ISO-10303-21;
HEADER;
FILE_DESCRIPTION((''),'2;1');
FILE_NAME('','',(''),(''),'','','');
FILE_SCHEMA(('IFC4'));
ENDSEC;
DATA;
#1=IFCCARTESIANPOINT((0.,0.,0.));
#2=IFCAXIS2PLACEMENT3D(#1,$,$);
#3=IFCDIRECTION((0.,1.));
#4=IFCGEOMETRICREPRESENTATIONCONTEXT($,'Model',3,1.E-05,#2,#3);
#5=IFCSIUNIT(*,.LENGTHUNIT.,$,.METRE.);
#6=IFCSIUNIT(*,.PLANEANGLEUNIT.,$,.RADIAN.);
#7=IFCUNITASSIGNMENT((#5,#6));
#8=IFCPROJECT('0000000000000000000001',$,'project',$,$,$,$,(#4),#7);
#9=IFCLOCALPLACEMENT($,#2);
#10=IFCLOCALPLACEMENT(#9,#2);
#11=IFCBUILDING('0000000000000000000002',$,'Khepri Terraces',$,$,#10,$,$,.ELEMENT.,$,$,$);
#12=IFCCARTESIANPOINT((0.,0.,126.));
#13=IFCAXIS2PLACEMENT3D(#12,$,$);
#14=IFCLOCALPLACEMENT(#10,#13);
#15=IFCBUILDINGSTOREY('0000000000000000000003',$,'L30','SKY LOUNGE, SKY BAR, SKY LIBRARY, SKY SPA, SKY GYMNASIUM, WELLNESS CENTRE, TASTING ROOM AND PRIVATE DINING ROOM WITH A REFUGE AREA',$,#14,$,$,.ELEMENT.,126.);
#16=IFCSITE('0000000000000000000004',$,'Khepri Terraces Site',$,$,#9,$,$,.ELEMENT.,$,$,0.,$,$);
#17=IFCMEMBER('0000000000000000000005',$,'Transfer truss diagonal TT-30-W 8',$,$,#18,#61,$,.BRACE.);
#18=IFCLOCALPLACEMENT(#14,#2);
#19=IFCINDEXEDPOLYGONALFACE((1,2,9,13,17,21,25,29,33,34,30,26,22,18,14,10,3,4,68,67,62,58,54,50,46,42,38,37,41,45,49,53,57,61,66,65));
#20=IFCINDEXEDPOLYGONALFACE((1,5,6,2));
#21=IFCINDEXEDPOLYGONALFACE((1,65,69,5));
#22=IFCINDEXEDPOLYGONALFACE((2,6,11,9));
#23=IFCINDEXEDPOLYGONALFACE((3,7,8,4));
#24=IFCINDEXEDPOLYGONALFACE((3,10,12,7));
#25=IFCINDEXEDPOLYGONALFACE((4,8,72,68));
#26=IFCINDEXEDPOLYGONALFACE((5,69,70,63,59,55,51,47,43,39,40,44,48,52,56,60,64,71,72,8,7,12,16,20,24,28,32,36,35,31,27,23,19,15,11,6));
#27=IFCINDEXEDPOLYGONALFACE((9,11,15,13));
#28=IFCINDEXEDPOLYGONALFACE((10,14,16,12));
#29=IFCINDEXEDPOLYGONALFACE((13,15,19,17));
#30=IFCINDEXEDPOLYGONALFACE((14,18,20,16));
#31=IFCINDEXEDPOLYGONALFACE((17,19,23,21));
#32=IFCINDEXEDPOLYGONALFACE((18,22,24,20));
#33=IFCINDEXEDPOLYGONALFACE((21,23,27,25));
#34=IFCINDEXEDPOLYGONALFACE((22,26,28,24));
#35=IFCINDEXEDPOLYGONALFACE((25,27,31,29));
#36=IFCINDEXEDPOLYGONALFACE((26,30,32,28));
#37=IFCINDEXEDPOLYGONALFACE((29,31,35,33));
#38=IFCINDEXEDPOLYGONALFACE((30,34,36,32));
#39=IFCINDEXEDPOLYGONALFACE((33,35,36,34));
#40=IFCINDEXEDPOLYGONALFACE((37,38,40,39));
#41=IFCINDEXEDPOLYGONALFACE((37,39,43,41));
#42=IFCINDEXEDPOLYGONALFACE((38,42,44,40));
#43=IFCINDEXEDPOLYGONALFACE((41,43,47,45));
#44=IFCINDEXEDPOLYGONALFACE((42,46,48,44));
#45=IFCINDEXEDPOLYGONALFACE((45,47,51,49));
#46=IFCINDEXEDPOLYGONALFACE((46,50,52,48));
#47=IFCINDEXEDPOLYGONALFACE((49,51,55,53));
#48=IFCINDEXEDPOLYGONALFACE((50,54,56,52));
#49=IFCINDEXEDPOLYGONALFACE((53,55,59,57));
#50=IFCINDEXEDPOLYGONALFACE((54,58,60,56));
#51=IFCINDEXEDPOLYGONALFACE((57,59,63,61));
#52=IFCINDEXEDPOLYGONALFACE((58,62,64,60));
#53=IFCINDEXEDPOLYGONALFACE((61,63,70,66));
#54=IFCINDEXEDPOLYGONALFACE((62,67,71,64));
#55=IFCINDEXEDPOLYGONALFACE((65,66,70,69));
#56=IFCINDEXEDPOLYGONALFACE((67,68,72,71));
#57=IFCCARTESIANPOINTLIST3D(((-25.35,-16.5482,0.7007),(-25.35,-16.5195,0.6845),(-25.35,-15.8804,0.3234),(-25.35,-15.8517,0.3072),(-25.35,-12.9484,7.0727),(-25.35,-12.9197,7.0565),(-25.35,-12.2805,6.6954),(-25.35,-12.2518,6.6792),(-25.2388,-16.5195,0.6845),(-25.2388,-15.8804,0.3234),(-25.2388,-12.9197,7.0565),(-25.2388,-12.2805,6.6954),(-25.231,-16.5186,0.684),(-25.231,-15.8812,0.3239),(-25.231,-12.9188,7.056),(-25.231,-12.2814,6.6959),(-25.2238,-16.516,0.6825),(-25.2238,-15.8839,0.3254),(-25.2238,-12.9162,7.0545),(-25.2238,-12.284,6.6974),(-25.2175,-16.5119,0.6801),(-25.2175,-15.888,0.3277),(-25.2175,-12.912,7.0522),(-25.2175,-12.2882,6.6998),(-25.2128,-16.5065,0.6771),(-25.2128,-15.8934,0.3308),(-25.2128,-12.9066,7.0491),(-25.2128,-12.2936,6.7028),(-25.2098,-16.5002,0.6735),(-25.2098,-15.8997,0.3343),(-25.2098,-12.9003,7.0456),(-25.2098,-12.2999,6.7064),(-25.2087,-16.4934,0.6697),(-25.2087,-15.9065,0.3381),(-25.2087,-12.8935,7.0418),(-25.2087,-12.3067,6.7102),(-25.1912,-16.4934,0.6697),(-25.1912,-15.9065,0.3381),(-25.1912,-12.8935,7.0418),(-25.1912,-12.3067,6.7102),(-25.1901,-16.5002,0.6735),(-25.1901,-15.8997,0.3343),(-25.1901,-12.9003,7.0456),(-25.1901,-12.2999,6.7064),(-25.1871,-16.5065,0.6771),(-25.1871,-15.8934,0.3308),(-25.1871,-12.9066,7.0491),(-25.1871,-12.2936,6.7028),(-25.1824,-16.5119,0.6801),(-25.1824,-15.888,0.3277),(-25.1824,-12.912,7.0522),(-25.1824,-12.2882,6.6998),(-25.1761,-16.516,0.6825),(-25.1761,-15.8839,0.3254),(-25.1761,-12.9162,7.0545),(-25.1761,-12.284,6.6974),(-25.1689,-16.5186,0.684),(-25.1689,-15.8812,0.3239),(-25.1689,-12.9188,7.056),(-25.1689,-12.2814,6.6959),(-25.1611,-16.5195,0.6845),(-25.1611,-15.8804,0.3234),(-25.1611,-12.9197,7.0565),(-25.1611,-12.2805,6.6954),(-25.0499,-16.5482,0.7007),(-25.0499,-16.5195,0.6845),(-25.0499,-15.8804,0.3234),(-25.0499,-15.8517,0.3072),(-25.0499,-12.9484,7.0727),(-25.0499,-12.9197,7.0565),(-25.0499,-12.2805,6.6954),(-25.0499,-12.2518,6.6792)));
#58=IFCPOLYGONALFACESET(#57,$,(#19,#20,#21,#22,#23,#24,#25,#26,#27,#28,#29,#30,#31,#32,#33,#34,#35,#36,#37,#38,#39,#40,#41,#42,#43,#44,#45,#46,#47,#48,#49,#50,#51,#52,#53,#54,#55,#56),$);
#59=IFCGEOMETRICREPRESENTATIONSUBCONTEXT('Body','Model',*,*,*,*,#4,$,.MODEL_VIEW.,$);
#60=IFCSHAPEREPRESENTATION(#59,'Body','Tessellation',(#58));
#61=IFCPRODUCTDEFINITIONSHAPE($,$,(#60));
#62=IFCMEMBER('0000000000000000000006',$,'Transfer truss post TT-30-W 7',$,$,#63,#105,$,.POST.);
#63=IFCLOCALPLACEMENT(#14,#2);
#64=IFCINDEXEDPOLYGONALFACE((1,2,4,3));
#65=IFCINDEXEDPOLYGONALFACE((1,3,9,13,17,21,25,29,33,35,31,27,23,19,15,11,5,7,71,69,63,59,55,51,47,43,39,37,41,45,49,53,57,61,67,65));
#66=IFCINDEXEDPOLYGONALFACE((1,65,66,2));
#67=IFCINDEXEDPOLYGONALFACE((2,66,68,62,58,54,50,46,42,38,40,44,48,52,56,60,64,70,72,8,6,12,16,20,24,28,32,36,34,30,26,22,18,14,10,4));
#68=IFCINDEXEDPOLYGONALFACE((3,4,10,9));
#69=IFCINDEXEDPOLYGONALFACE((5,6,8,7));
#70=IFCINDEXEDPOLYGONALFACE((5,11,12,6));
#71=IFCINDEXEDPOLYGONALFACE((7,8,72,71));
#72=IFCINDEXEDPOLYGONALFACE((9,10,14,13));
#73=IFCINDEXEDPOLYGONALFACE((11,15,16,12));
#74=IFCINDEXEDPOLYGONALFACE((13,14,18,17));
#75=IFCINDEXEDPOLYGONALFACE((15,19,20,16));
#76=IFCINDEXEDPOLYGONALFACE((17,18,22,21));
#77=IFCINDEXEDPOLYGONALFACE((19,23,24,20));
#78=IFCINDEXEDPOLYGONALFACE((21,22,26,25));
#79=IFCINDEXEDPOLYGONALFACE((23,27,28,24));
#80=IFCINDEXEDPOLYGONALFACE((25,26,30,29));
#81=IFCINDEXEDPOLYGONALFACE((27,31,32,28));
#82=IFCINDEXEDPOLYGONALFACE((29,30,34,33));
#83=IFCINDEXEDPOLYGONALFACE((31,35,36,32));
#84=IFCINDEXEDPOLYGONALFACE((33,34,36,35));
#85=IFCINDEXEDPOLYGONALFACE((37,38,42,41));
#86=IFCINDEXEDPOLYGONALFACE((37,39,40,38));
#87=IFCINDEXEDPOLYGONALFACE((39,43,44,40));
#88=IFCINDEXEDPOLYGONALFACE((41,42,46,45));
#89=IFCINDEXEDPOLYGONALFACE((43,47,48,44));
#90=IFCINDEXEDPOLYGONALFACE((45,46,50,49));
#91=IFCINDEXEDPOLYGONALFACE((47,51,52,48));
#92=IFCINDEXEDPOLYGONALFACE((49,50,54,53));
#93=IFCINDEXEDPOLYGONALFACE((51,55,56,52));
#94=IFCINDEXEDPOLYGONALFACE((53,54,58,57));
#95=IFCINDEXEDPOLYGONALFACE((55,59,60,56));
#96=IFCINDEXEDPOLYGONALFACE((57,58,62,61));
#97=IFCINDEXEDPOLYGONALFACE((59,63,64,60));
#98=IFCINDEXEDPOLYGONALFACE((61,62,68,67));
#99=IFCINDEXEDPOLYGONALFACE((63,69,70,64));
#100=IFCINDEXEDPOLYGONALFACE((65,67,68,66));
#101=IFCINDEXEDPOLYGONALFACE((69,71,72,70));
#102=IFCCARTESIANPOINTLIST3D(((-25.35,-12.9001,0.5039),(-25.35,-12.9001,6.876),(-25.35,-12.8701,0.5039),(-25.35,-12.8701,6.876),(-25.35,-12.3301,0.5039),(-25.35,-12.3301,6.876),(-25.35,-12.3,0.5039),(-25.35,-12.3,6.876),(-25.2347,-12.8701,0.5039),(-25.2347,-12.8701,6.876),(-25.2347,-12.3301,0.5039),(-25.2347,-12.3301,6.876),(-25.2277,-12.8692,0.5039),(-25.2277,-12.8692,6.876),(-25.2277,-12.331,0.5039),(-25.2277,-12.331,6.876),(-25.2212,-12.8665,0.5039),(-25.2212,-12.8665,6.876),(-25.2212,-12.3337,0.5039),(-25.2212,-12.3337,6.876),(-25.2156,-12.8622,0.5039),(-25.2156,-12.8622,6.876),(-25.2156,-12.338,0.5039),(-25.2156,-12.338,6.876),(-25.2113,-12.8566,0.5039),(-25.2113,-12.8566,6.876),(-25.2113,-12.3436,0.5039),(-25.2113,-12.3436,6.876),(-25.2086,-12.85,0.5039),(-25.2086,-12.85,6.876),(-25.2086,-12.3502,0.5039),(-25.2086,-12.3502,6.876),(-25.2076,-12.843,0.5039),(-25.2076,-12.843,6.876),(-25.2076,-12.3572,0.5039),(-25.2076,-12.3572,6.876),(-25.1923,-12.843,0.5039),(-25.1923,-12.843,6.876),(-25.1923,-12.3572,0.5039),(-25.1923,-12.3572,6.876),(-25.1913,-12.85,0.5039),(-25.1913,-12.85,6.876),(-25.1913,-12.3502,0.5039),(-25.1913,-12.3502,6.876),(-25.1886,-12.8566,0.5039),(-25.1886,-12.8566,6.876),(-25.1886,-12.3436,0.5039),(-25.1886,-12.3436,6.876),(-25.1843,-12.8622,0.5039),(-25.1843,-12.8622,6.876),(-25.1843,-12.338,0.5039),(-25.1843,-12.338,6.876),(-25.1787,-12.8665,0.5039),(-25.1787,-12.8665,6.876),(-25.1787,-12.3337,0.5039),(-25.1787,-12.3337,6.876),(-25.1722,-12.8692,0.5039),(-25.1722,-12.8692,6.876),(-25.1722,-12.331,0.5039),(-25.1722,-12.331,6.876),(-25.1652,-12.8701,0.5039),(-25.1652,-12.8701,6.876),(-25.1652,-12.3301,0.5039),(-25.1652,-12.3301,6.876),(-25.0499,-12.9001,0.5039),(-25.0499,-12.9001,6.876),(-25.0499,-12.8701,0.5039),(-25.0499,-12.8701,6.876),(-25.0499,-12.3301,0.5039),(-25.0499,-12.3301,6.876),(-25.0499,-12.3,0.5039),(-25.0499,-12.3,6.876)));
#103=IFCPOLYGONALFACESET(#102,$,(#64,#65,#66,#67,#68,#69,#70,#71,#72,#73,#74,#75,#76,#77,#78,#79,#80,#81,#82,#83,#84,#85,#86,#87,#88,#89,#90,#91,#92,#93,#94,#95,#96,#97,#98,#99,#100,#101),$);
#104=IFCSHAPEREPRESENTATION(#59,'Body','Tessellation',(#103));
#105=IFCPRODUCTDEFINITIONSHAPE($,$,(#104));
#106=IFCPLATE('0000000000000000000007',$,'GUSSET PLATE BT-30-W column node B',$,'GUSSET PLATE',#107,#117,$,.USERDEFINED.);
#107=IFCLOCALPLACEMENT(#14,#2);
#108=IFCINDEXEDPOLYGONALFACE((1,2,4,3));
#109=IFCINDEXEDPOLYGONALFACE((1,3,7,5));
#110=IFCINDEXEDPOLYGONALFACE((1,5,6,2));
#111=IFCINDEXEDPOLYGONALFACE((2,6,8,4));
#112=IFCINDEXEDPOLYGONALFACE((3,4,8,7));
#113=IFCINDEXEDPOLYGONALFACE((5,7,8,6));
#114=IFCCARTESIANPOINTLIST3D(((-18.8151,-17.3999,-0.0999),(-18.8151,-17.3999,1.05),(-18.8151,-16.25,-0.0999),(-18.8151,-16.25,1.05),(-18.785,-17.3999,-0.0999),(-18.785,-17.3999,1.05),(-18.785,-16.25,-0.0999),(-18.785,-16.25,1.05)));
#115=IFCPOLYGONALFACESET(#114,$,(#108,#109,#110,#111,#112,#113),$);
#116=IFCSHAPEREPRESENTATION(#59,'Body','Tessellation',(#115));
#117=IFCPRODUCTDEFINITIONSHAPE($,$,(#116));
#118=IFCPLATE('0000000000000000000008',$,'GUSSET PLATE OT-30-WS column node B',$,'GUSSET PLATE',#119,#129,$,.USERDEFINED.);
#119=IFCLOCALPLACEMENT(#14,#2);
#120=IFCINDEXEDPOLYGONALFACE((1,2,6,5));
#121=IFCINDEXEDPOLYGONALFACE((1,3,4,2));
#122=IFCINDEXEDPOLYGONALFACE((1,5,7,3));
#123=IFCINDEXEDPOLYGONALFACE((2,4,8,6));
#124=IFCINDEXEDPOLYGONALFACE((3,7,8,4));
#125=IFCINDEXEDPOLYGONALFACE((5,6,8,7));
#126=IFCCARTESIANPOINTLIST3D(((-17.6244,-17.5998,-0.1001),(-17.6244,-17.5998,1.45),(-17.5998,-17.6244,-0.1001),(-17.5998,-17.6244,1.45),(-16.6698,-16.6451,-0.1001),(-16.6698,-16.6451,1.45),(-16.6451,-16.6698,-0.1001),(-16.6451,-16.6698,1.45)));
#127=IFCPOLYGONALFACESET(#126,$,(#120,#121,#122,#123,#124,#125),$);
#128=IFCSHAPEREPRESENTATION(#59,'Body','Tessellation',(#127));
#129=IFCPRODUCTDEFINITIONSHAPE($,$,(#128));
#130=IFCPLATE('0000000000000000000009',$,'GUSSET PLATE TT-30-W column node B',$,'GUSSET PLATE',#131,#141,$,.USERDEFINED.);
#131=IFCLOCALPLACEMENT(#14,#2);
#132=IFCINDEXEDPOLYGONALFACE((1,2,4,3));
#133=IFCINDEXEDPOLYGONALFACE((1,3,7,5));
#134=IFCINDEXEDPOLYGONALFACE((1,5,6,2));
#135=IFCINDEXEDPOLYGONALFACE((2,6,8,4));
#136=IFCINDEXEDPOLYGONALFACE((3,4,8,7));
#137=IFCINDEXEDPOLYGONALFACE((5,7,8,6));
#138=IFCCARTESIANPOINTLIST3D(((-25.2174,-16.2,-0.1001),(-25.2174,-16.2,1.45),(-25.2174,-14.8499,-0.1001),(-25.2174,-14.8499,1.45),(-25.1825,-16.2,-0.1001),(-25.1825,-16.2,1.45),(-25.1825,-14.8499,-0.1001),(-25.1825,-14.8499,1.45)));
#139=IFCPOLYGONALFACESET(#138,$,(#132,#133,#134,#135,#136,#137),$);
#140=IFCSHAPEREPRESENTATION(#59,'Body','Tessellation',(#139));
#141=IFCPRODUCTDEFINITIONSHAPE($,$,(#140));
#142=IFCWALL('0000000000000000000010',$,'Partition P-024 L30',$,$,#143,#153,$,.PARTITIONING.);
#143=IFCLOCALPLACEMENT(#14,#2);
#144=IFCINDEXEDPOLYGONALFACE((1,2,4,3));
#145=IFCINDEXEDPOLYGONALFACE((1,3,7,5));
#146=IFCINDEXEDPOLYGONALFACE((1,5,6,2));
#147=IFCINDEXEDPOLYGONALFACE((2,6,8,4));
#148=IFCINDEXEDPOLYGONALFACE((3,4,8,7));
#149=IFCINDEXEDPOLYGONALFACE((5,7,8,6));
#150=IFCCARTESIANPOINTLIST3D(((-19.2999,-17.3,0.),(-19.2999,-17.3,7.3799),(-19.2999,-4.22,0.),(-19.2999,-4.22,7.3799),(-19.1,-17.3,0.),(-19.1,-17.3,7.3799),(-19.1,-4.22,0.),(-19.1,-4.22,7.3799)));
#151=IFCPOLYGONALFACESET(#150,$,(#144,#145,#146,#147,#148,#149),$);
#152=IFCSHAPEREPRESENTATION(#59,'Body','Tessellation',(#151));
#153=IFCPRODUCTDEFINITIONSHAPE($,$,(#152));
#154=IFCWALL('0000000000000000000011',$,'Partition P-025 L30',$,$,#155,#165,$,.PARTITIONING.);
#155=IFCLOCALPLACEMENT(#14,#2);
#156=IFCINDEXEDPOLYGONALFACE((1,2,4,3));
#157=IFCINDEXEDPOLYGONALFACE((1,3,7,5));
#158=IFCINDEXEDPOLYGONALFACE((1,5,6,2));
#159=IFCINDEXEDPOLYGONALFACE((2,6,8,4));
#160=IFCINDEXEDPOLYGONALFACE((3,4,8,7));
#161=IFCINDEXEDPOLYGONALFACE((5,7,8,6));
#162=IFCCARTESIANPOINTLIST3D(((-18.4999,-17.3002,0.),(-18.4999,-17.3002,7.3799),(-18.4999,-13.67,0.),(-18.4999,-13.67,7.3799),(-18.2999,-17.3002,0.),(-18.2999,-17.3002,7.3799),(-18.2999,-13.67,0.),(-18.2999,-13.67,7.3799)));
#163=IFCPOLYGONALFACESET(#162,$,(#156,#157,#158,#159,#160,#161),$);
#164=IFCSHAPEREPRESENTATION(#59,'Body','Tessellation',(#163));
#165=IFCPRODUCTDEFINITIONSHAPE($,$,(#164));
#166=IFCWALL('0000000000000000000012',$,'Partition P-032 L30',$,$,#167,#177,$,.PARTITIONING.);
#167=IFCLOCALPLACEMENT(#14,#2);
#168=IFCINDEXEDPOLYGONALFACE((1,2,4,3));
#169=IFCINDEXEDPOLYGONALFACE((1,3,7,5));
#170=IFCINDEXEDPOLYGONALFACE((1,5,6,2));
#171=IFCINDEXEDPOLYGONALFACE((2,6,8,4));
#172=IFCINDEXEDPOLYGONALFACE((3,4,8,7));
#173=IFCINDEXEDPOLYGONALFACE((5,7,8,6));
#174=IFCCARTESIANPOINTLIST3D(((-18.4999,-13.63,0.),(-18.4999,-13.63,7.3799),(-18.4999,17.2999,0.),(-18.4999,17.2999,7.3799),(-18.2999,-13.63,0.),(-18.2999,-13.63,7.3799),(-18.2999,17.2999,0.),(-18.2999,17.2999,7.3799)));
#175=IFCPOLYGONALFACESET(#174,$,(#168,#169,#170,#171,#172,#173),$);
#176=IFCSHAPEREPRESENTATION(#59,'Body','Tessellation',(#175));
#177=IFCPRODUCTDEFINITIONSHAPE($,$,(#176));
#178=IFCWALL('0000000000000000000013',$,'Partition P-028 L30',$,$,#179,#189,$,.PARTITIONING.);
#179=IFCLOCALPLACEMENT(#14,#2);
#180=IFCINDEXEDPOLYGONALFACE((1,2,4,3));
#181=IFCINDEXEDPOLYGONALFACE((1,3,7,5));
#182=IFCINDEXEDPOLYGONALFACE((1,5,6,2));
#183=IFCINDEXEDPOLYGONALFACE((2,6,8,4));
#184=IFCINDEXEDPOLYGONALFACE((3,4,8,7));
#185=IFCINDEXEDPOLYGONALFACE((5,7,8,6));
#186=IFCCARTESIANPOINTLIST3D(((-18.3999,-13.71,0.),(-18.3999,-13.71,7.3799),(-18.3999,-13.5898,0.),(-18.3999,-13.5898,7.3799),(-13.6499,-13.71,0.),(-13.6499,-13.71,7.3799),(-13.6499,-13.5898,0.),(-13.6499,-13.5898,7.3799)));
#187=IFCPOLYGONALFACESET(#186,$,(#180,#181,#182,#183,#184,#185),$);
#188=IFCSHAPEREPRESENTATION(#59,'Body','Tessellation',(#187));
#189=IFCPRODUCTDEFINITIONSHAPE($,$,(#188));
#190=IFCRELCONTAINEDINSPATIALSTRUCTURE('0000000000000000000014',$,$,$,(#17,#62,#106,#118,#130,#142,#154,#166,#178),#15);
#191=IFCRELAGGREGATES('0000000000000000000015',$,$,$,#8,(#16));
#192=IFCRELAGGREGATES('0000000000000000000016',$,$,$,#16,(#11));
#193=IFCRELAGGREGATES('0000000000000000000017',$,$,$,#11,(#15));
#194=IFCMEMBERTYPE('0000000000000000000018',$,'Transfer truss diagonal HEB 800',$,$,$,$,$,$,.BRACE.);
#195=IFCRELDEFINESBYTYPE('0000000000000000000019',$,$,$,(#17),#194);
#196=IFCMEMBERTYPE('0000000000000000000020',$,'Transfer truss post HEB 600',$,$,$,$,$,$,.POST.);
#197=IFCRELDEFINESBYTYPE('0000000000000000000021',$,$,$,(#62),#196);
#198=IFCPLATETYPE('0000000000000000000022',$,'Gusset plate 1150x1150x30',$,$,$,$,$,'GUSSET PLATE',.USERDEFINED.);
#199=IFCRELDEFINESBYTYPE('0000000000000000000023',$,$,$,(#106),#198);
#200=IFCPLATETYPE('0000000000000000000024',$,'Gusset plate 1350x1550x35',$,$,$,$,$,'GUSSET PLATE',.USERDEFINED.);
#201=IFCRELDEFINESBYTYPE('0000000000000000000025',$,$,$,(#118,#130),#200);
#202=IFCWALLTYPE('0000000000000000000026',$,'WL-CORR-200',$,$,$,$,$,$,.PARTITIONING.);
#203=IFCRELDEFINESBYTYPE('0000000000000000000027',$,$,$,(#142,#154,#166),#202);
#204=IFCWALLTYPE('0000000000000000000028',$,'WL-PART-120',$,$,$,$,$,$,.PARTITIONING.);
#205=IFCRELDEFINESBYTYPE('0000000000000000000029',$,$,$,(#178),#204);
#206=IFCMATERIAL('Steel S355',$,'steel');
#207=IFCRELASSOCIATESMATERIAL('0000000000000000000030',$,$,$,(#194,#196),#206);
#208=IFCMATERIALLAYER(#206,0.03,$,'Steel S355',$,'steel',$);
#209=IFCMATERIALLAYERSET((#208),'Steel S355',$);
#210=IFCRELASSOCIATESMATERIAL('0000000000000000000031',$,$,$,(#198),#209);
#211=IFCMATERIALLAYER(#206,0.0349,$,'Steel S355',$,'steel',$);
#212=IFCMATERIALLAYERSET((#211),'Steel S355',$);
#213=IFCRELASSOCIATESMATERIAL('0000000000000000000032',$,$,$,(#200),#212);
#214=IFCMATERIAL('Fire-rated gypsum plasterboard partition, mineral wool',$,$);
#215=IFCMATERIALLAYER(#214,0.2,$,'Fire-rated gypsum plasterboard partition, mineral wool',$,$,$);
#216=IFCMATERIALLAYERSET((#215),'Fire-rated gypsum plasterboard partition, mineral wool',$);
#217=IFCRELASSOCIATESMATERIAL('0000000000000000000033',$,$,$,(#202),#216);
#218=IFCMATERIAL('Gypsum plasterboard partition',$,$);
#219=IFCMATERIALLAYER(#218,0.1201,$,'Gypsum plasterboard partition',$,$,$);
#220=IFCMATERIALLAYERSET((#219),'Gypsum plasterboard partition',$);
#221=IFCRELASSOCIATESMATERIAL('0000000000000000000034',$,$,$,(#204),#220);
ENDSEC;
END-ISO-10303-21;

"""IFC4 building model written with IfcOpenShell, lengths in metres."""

from ifc_helpers import new_model, si_unit, direction, frame, frame_2d, origin, origin_2d, place, context, subcontext, project, spatial, rectangle, i_section, extrude, material, layer, layer_set, material_profile, profile_set, type_object, element, save


model = new_model("IFC4")

# Units and contexts
model_context = context("Model", 3, precision=1e-05, world=origin(), true_north=direction((0.0, 1.0)))
body_context = subcontext(model_context, "Body", "Model", "MODEL_VIEW")
ifc_project = project(units=[si_unit("LENGTHUNIT", "METRE"), si_unit("PLANEANGLEUNIT", "RADIAN")], contexts=[model_context])

# Site, building, storey
site_placement = place(None, origin())
site = spatial("IfcSite", under=ifc_project, at=site_placement, Name="Khepri Terraces Site", CompositionType="ELEMENT", RefElevation=0.0)
building_placement = place(site_placement, origin())
building = spatial("IfcBuilding", under=site, at=building_placement, Name="Khepri Terraces", CompositionType="ELEMENT")
storey_placement = place(building_placement, frame((0.0, 0.0, 126.0)))
storey = spatial("IfcBuildingStorey", under=building, at=storey_placement, Name="L30", Description="SKY LOUNGE, SKY BAR, SKY LIBRARY, SKY SPA, SKY GYMNASIUM, WELLNESS CENTRE, TASTING ROOM AND PRIVATE DINING ROOM WITH A REFUGE AREA", CompositionType="ELEMENT", Elevation=126.0)

# Members
ifc_material_1 = material(Name="Steel S355", Category="steel")
ifc_material_profile_1 = material_profile(ifc_material_1, i_section(OverallWidth=0.3, OverallDepth=0.8, WebThickness=0.0176, FlangeThickness=0.033, FilletRadius=0.03, at=origin_2d()), Name="Steel S355", Category="steel")
ifc_profile_set_1 = profile_set([ifc_material_profile_1], Name="Steel S355")
member_type_1 = type_object("IfcMemberType", Name="Transfer truss diagonal HEB 800", PredefinedType="BRACE", material=ifc_profile_set_1)
member_1_placement = place(storey_placement, frame((-25.2, -12.6001, 6.876), z_axis=(0.0, -0.491876, -0.870665), x_axis=(1.0, 0.0, 0.0)))
element("IfcMember", 1, at=member_1_placement, inside=storey, type_object=member_type_1, Name="Transfer truss diagonal TT-30-W 8", PredefinedType="BRACE", context=body_context, shape_type="SweptSolid", body=[
    extrude(i_section(OverallWidth=0.3, OverallDepth=0.8, WebThickness=0.0176, FlangeThickness=0.033, FilletRadius=0.03, at=origin_2d()), origin(), (0.0, 0.0, 1.0), 7.3186),
])
ifc_material_profile_2 = material_profile(ifc_material_1, i_section(OverallWidth=0.3, OverallDepth=0.6001, WebThickness=0.0154, FlangeThickness=0.03, FilletRadius=0.0271, at=origin_2d()), Name="Steel S355", Category="steel")
ifc_profile_set_2 = profile_set([ifc_material_profile_2], Name="Steel S355")
member_type_2 = type_object("IfcMemberType", Name="Transfer truss post HEB 600", PredefinedType="POST", material=ifc_profile_set_2)
member_2_placement = place(storey_placement, frame((-25.2, -12.6001, 0.5039), z_axis=(0.0, 0.0, 1.0), x_axis=(1.0, 0.0, 0.0)))
element("IfcMember", 2, at=member_2_placement, inside=storey, type_object=member_type_2, Name="Transfer truss post TT-30-W 7", PredefinedType="POST", context=body_context, shape_type="SweptSolid", body=[
    extrude(i_section(OverallWidth=0.3, OverallDepth=0.6001, WebThickness=0.0154, FlangeThickness=0.03, FilletRadius=0.0271, at=origin_2d()), origin(), (0.0, 0.0, 1.0), 6.3721),
])

# Plates
ifc_layer_1 = layer(ifc_material_1, 0.03, Name="Steel S355", Category="steel")
ifc_layer_set_1 = layer_set([ifc_layer_1], Name="Steel S355")
plate_type_1 = type_object("IfcPlateType", Name="Gusset plate 1150x1150x30", ElementType="GUSSET PLATE", PredefinedType="USERDEFINED", material=ifc_layer_set_1)
plate_placement = place(storey_placement, frame((-18.8, -16.825, -0.0999), z_axis=(0.0, 0.0, 1.0), x_axis=(0.0, -1.0, 0.0)))
element("IfcPlate", 3, at=plate_placement, inside=storey, type_object=plate_type_1, Name="GUSSET PLATE BT-30-W column node B", ObjectType="GUSSET PLATE", PredefinedType="USERDEFINED", context=body_context, shape_type="SweptSolid", body=[
    extrude(rectangle(XDim=1.1499, YDim=0.03, at=origin_2d()), origin(), (0.0, 0.0, 1.0), 1.1499),
])
ifc_layer_2 = layer(ifc_material_1, 0.0349, Name="Steel S355", Category="steel")
ifc_layer_set_2 = layer_set([ifc_layer_2], Name="Steel S355")
plate_type_2 = type_object("IfcPlateType", Name="Gusset plate 1350x1550x35", ElementType="GUSSET PLATE", PredefinedType="USERDEFINED", material=ifc_layer_set_2)
for number, where, z_axis, x_axis, name in (
    (4, (-17.1348, -17.1348, -0.1001), (0.0, 0.0, 1.0), (-0.707107, -0.707107, 0.0), "GUSSET PLATE OT-30-WS column node B"),
    (5, (-25.2, -15.5249, -0.1001), (0.0, 0.0, 1.0), (0.0, -1.0, 0.0), "GUSSET PLATE TT-30-W column node B"),
):
    element("IfcPlate", number, at=place(storey_placement, frame(where, z_axis=z_axis, x_axis=x_axis)), inside=storey, type_object=plate_type_2, Name=name, ObjectType="GUSSET PLATE", PredefinedType="USERDEFINED", context=body_context, shape_type="SweptSolid", body=[
        extrude(rectangle(XDim=1.3501, YDim=0.0349, at=origin_2d()), origin(), (0.0, 0.0, 1.0), 1.55),
    ])

# Walls
ifc_material_2 = material(Name="Fire-rated gypsum plasterboard partition, mineral wool")
ifc_layer_3 = layer(ifc_material_2, 0.2, Name="Fire-rated gypsum plasterboard partition, mineral wool")
ifc_layer_set_3 = layer_set([ifc_layer_3], Name="Fire-rated gypsum plasterboard partition, mineral wool")
wall_type_1 = type_object("IfcWallType", Name="WL-CORR-200", PredefinedType="PARTITIONING", material=ifc_layer_set_3)
wall_1_placement = place(storey_placement, frame((-19.2, -17.3, 0.0), z_axis=(0.0, 0.0, 1.0), x_axis=(0.0, 1.0, 0.0)))
element("IfcWall", 6, at=wall_1_placement, inside=storey, type_object=wall_type_1, Name="Partition P-024 L30", PredefinedType="PARTITIONING", context=body_context, shape_type="SweptSolid", body=[
    extrude(rectangle(XDim=13.0801, YDim=0.2, at=frame_2d((6.54, 0.0))), origin(), (0.0, 0.0, 1.0), 7.3799),
])
wall_2_placement = place(storey_placement, frame((-18.3999, -17.3, 0.0), z_axis=(0.0, 0.0, 1.0), x_axis=(0.0, 1.0, 0.0)))
element("IfcWall", 7, at=wall_2_placement, inside=storey, type_object=wall_type_1, Name="Partition P-025 L30", PredefinedType="PARTITIONING", context=body_context, shape_type="SweptSolid", body=[
    extrude(rectangle(XDim=3.6301, YDim=0.2, at=frame_2d((1.8149, 0.0))), origin(), (0.0, 0.0, 1.0), 7.3799),
])
wall_3_placement = place(storey_placement, frame((-18.3999, -13.6299, 0.0), z_axis=(0.0, 0.0, 1.0), x_axis=(0.0, 1.0, 0.0)))
element("IfcWall", 8, at=wall_3_placement, inside=storey, type_object=wall_type_1, Name="Partition P-032 L30", PredefinedType="PARTITIONING", context=body_context, shape_type="SweptSolid", body=[
    extrude(rectangle(XDim=30.9299, YDim=0.2, at=frame_2d((15.4648, 0.0))), origin(), (0.0, 0.0, 1.0), 7.3799),
])
ifc_material_3 = material(Name="Gypsum plasterboard partition")
ifc_layer_4 = layer(ifc_material_3, 0.1201, Name="Gypsum plasterboard partition")
ifc_layer_set_4 = layer_set([ifc_layer_4], Name="Gypsum plasterboard partition")
wall_type_2 = type_object("IfcWallType", Name="WL-PART-120", PredefinedType="PARTITIONING", material=ifc_layer_set_4)
wall_4_placement = place(storey_placement, frame((-18.3999, -13.6499, 0.0), z_axis=(0.0, 0.0, 1.0), x_axis=(1.0, 0.0, 0.0)))
element("IfcWall", 9, at=wall_4_placement, inside=storey, type_object=wall_type_2, Name="Partition P-028 L30", PredefinedType="PARTITIONING", context=body_context, shape_type="SweptSolid", body=[
    extrude(rectangle(XDim=4.75, YDim=0.1201, at=frame_2d((2.375, 0.0))), origin(), (0.0, 0.0, 1.0), 7.3799),
])

save(model, "model.ifc")
